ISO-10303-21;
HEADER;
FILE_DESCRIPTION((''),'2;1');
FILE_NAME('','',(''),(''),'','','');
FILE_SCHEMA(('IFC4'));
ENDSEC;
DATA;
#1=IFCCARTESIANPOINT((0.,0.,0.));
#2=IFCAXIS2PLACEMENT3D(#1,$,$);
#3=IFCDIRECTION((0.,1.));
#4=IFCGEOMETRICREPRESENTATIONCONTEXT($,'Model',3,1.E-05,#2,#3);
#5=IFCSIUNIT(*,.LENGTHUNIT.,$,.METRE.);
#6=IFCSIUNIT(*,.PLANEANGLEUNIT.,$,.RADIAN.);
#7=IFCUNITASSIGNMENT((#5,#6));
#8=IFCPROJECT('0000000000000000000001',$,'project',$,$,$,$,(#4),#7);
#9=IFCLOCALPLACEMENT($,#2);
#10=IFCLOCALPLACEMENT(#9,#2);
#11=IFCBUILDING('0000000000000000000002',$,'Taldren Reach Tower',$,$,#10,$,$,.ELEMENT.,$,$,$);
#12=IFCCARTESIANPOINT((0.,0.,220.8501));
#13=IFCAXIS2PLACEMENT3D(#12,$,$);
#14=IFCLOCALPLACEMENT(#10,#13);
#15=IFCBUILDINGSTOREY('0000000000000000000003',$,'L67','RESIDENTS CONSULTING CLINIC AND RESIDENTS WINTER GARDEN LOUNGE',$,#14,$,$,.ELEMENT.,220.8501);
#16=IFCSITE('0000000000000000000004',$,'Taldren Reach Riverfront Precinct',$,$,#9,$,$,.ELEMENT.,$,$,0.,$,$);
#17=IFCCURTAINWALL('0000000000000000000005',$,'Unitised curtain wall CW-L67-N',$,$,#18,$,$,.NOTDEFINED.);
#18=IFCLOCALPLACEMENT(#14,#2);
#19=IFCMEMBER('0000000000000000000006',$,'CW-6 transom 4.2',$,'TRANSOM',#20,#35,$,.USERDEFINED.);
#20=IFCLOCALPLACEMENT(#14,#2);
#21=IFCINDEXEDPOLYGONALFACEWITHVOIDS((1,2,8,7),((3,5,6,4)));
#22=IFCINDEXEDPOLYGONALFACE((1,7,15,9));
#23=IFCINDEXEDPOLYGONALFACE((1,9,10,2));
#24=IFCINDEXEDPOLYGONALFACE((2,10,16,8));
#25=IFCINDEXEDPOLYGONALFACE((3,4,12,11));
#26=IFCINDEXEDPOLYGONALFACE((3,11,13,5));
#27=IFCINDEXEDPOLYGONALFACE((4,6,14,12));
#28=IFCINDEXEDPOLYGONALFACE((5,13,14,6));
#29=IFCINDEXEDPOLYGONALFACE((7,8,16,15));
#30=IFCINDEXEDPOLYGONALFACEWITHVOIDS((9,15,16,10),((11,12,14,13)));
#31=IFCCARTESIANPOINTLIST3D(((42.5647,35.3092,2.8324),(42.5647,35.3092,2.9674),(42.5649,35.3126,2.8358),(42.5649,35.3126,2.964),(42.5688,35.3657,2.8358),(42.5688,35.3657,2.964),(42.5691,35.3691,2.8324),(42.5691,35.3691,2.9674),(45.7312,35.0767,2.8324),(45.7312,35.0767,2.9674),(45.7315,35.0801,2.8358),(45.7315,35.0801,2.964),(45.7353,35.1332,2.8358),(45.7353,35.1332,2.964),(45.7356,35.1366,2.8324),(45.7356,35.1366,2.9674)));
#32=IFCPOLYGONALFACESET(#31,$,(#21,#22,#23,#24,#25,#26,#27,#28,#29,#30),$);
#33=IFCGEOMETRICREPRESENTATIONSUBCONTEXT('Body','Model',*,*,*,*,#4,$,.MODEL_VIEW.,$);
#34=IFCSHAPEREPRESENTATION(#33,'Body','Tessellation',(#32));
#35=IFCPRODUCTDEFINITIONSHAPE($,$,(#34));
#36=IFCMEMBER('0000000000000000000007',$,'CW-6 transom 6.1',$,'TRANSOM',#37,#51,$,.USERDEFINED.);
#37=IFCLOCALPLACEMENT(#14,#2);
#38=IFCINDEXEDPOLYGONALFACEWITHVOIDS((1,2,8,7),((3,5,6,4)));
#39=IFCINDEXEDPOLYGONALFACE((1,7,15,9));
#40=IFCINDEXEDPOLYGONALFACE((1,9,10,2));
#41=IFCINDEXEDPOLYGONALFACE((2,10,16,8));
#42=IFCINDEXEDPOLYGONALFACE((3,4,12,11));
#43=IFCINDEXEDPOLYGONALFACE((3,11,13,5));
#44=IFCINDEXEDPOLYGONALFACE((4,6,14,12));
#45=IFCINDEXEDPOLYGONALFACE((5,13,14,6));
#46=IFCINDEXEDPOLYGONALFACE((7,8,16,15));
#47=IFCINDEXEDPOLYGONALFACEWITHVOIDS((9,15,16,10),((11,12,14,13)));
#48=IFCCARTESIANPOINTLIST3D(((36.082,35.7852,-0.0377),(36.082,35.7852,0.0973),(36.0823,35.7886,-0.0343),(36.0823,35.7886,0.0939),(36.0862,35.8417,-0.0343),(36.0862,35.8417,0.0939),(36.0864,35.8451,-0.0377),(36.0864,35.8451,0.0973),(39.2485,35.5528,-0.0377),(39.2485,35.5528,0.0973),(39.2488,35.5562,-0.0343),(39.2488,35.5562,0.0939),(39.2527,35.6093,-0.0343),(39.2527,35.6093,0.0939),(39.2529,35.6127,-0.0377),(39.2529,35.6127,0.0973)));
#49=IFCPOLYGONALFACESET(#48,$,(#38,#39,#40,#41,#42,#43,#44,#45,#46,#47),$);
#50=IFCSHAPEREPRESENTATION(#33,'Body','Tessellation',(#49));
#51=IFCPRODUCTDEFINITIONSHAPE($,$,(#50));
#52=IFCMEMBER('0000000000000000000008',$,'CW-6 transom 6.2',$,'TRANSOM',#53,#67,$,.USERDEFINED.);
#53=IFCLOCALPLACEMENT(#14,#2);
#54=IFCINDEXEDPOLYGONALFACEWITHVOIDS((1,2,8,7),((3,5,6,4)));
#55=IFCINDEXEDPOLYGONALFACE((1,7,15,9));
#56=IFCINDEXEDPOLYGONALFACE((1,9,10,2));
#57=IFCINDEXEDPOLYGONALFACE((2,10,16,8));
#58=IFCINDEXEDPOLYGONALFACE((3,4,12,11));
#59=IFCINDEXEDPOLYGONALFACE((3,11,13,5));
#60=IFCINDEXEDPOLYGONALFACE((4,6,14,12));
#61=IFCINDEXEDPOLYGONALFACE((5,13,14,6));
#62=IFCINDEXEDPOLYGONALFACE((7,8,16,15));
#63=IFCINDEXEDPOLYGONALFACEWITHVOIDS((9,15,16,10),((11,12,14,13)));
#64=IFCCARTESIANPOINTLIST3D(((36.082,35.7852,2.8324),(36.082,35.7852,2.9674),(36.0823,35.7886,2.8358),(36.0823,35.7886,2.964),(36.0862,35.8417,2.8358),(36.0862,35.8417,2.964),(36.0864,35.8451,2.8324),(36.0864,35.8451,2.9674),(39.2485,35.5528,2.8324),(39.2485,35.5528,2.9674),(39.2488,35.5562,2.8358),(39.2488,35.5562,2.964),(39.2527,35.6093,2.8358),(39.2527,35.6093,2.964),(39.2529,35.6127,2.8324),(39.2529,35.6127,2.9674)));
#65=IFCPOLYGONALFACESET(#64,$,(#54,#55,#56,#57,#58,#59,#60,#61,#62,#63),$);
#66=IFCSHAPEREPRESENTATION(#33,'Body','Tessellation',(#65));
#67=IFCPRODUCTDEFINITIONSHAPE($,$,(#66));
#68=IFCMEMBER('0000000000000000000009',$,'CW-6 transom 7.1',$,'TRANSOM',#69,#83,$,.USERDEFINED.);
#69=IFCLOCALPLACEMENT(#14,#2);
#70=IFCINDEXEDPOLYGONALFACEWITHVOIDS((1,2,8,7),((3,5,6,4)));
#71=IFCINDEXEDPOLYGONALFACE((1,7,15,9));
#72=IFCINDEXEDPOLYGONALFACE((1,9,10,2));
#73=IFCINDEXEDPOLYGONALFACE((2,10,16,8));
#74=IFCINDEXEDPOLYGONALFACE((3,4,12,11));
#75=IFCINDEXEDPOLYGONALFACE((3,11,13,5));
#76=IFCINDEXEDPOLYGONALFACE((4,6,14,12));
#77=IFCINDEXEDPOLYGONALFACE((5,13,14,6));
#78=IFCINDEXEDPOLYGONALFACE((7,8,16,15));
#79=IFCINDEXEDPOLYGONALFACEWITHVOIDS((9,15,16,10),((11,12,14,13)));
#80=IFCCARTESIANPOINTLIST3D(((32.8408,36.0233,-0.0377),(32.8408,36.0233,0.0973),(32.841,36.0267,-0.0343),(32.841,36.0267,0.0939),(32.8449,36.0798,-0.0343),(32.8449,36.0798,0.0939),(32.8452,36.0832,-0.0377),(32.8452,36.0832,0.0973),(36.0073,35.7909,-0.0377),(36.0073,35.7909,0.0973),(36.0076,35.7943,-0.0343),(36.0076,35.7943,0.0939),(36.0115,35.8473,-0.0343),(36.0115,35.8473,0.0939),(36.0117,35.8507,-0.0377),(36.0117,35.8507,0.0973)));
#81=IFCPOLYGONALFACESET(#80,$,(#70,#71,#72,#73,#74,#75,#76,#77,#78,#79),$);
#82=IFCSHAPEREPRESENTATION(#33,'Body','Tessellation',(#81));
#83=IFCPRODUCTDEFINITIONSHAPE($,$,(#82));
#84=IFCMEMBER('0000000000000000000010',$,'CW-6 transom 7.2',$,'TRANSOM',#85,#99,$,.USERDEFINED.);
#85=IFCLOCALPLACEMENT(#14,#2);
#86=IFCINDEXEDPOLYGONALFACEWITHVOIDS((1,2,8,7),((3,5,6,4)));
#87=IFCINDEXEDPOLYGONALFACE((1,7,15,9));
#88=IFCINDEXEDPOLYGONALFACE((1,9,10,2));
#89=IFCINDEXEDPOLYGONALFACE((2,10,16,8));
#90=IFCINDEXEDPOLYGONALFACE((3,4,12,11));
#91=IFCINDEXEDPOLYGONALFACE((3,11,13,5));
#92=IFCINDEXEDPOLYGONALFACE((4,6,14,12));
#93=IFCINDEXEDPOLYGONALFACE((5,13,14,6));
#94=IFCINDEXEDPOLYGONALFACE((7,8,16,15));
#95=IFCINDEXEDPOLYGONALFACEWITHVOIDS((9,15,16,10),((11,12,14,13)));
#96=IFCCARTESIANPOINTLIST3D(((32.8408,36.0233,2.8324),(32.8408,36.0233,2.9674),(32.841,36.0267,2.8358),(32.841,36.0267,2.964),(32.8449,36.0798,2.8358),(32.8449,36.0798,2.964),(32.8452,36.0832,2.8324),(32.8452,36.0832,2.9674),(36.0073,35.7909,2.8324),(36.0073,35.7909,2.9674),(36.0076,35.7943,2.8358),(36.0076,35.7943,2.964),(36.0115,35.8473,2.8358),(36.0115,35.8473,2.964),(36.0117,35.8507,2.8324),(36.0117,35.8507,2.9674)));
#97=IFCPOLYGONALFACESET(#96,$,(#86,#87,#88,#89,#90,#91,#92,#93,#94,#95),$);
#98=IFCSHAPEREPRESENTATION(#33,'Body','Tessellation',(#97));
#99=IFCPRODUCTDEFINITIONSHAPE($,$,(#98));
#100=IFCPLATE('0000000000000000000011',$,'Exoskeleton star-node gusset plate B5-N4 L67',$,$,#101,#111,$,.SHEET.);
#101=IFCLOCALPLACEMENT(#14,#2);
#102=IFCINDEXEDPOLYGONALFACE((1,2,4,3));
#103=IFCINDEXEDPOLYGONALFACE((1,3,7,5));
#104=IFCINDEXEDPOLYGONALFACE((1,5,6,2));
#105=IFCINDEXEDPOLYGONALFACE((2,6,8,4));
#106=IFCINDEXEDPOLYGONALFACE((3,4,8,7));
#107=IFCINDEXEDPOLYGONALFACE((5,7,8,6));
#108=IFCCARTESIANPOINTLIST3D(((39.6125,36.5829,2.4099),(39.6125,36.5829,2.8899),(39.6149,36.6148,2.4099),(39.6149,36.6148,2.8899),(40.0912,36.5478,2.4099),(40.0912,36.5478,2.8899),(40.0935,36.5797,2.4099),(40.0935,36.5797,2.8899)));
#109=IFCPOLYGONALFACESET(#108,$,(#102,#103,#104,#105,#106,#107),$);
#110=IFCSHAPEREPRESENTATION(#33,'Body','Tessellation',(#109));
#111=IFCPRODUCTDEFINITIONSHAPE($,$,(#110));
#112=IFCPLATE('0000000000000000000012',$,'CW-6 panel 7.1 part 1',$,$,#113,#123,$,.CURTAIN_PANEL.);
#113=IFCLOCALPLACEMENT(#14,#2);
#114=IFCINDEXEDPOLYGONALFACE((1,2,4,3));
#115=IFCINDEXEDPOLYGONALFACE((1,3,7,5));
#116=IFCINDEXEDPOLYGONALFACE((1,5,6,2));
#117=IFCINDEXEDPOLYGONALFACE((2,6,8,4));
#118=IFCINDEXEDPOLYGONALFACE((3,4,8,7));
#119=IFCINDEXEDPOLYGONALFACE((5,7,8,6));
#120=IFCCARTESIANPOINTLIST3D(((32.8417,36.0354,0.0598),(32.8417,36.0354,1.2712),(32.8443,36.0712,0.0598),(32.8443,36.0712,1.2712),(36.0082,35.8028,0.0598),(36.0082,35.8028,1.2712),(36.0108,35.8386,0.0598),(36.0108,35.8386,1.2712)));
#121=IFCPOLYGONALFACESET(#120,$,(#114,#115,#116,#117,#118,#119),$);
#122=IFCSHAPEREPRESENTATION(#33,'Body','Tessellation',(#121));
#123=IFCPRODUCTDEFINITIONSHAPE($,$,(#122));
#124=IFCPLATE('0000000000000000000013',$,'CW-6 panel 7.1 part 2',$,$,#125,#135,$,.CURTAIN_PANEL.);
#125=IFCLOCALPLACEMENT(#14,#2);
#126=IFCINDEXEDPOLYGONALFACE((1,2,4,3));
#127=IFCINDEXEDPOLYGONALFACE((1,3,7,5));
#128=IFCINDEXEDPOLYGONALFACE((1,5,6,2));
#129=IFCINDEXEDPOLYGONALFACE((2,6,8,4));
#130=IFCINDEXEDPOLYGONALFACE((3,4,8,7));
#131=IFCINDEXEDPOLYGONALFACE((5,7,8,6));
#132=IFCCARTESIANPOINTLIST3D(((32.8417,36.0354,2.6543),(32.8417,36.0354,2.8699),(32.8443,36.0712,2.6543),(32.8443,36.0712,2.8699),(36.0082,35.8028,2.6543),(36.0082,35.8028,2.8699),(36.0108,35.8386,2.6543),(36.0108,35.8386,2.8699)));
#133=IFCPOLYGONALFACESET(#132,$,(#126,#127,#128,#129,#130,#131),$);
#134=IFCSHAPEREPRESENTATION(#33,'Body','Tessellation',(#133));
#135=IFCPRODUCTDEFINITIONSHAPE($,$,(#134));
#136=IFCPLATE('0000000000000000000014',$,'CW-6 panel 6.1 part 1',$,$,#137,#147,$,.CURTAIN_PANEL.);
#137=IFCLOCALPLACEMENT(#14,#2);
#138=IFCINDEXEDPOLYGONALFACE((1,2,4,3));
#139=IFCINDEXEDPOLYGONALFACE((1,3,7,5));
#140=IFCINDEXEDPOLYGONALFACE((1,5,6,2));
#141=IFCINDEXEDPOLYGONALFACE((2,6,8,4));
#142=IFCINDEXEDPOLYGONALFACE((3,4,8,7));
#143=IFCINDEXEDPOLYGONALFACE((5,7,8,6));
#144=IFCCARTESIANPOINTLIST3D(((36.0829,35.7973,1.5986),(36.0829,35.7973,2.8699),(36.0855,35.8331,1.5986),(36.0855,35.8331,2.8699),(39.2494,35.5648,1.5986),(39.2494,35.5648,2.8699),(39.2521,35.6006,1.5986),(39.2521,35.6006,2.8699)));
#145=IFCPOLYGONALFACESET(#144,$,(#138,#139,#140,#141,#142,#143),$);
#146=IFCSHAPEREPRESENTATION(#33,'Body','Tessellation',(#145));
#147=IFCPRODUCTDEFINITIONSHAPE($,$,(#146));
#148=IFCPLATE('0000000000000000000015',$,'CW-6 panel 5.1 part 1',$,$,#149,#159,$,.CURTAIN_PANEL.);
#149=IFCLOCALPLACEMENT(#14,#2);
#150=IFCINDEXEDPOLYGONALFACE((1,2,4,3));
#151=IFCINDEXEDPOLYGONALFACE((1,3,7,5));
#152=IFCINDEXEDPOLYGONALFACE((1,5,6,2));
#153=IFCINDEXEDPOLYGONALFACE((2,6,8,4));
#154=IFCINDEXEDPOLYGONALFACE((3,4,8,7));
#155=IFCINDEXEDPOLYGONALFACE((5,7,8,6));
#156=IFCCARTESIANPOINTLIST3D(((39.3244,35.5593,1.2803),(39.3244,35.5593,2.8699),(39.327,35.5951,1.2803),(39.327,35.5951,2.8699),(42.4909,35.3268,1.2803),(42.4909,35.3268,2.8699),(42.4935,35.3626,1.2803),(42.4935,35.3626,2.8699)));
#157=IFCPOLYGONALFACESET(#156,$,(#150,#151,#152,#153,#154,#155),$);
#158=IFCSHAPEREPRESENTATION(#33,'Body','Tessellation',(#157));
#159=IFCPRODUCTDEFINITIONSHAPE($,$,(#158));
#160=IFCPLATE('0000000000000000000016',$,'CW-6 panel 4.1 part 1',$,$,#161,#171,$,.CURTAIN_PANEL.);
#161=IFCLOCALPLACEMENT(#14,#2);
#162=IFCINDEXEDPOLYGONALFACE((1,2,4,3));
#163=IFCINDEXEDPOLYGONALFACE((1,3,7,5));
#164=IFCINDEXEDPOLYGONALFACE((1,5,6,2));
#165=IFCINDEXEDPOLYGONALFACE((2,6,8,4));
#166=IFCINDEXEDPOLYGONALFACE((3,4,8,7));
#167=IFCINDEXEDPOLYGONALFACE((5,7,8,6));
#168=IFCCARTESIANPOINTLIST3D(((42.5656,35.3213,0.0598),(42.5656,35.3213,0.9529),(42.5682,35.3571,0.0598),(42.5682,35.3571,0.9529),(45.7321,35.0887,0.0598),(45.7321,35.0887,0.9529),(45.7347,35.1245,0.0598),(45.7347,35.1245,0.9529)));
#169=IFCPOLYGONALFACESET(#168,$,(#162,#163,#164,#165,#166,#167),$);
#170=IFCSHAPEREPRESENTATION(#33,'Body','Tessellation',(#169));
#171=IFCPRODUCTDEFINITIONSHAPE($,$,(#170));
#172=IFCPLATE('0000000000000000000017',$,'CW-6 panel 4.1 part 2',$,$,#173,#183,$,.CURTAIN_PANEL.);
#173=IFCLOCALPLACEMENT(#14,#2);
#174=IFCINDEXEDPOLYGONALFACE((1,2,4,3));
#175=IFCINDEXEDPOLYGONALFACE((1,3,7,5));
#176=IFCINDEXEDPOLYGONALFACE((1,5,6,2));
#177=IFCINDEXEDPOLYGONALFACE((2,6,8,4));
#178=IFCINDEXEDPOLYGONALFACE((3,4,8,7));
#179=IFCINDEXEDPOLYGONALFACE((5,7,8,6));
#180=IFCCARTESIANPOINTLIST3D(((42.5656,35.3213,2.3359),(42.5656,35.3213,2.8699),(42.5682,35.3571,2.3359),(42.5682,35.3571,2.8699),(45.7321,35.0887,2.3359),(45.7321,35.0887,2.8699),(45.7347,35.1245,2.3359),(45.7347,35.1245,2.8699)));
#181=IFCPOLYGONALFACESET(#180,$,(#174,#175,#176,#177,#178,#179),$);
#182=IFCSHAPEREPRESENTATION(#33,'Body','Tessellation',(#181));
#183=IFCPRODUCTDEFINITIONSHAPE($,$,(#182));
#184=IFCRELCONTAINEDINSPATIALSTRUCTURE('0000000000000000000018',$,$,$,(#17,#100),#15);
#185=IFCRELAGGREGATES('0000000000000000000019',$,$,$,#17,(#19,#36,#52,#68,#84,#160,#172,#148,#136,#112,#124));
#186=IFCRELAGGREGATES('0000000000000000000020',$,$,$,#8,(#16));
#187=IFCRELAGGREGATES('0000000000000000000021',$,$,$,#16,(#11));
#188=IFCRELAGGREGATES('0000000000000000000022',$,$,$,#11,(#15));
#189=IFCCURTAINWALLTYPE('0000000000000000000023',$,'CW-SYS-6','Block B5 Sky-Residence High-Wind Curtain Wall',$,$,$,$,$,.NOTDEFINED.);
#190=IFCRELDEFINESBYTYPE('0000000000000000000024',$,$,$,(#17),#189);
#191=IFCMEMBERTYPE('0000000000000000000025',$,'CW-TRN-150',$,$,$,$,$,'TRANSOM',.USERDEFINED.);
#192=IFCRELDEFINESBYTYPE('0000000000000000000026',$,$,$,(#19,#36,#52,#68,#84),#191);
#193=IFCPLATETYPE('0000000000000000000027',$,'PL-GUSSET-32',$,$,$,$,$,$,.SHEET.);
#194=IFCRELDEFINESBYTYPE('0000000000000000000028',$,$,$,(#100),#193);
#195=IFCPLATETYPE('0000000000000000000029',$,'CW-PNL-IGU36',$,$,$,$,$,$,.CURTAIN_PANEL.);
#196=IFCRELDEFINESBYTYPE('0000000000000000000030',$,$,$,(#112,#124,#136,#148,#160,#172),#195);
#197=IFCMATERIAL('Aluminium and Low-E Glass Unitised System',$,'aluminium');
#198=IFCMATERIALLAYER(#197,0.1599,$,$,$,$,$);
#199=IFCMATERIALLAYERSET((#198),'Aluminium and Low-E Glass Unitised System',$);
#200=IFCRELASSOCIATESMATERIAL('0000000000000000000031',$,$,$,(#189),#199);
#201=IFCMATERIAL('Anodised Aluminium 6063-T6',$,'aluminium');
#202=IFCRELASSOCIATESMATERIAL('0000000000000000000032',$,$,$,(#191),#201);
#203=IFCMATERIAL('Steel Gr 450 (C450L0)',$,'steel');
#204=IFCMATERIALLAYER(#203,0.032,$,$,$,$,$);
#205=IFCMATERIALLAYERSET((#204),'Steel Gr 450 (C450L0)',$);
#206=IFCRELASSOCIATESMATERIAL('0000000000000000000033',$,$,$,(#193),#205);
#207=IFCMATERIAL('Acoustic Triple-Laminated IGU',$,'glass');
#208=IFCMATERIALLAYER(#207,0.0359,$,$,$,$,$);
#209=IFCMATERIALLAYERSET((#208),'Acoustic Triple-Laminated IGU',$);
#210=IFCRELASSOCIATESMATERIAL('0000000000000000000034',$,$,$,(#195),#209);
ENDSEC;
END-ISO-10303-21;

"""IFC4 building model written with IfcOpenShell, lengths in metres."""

from ifc_helpers import new_model, si_unit, direction, frame, origin, origin_2d, place, context, subcontext, project, spatial, rectangle, hollow_rectangle, extrude, source, transform, mapped, material, layer, layer_set, material_profile, profile_set, type_object, element, aggregate, save


model = new_model("IFC4")

# Units and contexts
model_context = context("Model", 3, precision=1e-05, world=origin(), true_north=direction((0.0, 1.0)))
body_context = subcontext(model_context, "Body", "Model", "MODEL_VIEW")
ifc_project = project(units=[si_unit("LENGTHUNIT", "METRE"), si_unit("PLANEANGLEUNIT", "RADIAN")], contexts=[model_context])

# Site, building, storey
site_placement = place(None, origin())
site = spatial("IfcSite", under=ifc_project, at=site_placement, Name="Taldren Reach Riverfront Precinct", CompositionType="ELEMENT", RefElevation=0.0)
building_placement = place(site_placement, origin())
building = spatial("IfcBuilding", under=site, at=building_placement, Name="Taldren Reach Tower", CompositionType="ELEMENT")
storey_placement = place(building_placement, frame((0.0, 0.0, 220.8501)))
storey = spatial("IfcBuildingStorey", under=building, at=storey_placement, Name="L67", Description="RESIDENTS CONSULTING CLINIC AND RESIDENTS WINTER GARDEN LOUNGE", CompositionType="ELEMENT", Elevation=220.8501)

# Shared definitions
ifc_material_1 = material(Name="Steel Gr 450 (C450L0)", Category="steel")

# Curtain wall, members
ifc_material_2 = material(Name="Aluminium and Low-E Glass Unitised System", Category="aluminium")
ifc_layer_1 = layer(ifc_material_2, 0.1599)
ifc_layer_set_1 = layer_set([ifc_layer_1], Name="Aluminium and Low-E Glass Unitised System")
curtain_wall_type = type_object("IfcCurtainWallType", Name="CW-SYS-6", Description="Block B5 Sky-Residence High-Wind Curtain Wall", PredefinedType="NOTDEFINED", material=ifc_layer_set_1)
curtain_wall_placement = place(storey_placement, origin())
curtain_wall = element("IfcCurtainWall", 1, at=curtain_wall_placement, inside=storey, type_object=curtain_wall_type, Name="Unitised curtain wall CW-L67-N", PredefinedType="NOTDEFINED")
ifc_material_3 = material(Name="Anodised Aluminium 6063-T6", Category="aluminium")
ifc_material_profile_1 = material_profile(ifc_material_3, hollow_rectangle(XDim=0.0601, YDim=0.135, WallThickness=0.0034, at=origin_2d()), Name="ALU-135x60x3.5RHS")
ifc_profile_set_1 = profile_set([ifc_material_profile_1], Name="Anodised Aluminium 6063-T6")
member_type_1 = type_object("IfcMemberType", Name="CW-TRN-150", ElementType="TRANSOM", PredefinedType="USERDEFINED", material=ifc_profile_set_1)
shared_shape_1 = source(origin(), body_context, "Body", "SweptSolid", [
    extrude(hollow_rectangle(XDim=0.0601, YDim=0.135, WallThickness=0.0034, at=origin_2d()), origin(), (0.0, 0.0, 1.0), 3.175),
])
member_1_placement = place(storey_placement, frame((45.7334, 35.1067, 2.8999), z_axis=(-0.997317, 0.073203, 0.0), x_axis=(-0.073203, -0.997317, 0.0)))
member_1 = element("IfcMember", 2, at=member_1_placement, type_object=member_type_1, Name="CW-6 transom 4.2", ObjectType="TRANSOM", PredefinedType="USERDEFINED", context=body_context, shape_type="MappedRepresentation", body=[
    mapped(shared_shape_1, transform((0.0, 0.0, 0.0), scale=1.0)),
])
member_2_placement = place(storey_placement, frame((39.2507, 35.5828, 0.0298), z_axis=(-0.997317, 0.073203, 0.0), x_axis=(-0.073203, -0.997317, 0.0)))
member_2 = element("IfcMember", 3, at=member_2_placement, type_object=member_type_1, Name="CW-6 transom 6.1", ObjectType="TRANSOM", PredefinedType="USERDEFINED", context=body_context, shape_type="MappedRepresentation", body=[
    mapped(shared_shape_1, transform((0.0, 0.0, 0.0), scale=1.0)),
])
member_3_placement = place(storey_placement, frame((39.2507, 35.5828, 2.8999), z_axis=(-0.997317, 0.073203, 0.0), x_axis=(-0.073203, -0.997317, 0.0)))
member_3 = element("IfcMember", 4, at=member_3_placement, type_object=member_type_1, Name="CW-6 transom 6.2", ObjectType="TRANSOM", PredefinedType="USERDEFINED", context=body_context, shape_type="MappedRepresentation", body=[
    mapped(shared_shape_1, transform((0.0, 0.0, 0.0), scale=1.0)),
])
member_4_placement = place(storey_placement, frame((36.0095, 35.8208, 0.0298), z_axis=(-0.997317, 0.073203, 0.0), x_axis=(-0.073203, -0.997317, 0.0)))
member_4 = element("IfcMember", 5, at=member_4_placement, type_object=member_type_1, Name="CW-6 transom 7.1", ObjectType="TRANSOM", PredefinedType="USERDEFINED", context=body_context, shape_type="MappedRepresentation", body=[
    mapped(shared_shape_1, transform((0.0, 0.0, 0.0), scale=1.0)),
])
member_5_placement = place(storey_placement, frame((36.0095, 35.8208, 2.8999), z_axis=(-0.997317, 0.073203, 0.0), x_axis=(-0.073203, -0.997317, 0.0)))
member_5 = element("IfcMember", 6, at=member_5_placement, type_object=member_type_1, Name="CW-6 transom 7.2", ObjectType="TRANSOM", PredefinedType="USERDEFINED", context=body_context, shape_type="MappedRepresentation", body=[
    mapped(shared_shape_1, transform((0.0, 0.0, 0.0), scale=1.0)),
])

# Plates
ifc_layer_2 = layer(ifc_material_1, 0.032)
ifc_layer_set_2 = layer_set([ifc_layer_2], Name="Steel Gr 450 (C450L0)")
plate_type_1 = type_object("IfcPlateType", Name="PL-GUSSET-32", PredefinedType="SHEET", material=ifc_layer_set_2)
shared_shape_2 = source(origin(), body_context, "Body", "SweptSolid", [
    extrude(rectangle(XDim=0.48, YDim=0.032, at=origin_2d()), origin(), (0.0, 0.0, 1.0), 0.48),
])
plate_1_placement = place(storey_placement, frame((39.853, 36.5813, 2.4099), z_axis=(0.0, 0.0, 1.0), x_axis=(0.997314, -0.073238, 0.0)))
element("IfcPlate", 7, at=plate_1_placement, inside=storey, type_object=plate_type_1, Name="Exoskeleton star-node gusset plate B5-N4 L67", PredefinedType="SHEET", context=body_context, shape_type="MappedRepresentation", body=[
    mapped(shared_shape_2, transform((0.0, 0.0, 0.0), scale=1.0)),
])
ifc_material_4 = material(Name="Acoustic Triple-Laminated IGU", Category="glass")
ifc_layer_3 = layer(ifc_material_4, 0.0359)
ifc_layer_set_3 = layer_set([ifc_layer_3], Name="Acoustic Triple-Laminated IGU")
plate_type_2 = type_object("IfcPlateType", Name="CW-PNL-IGU36", PredefinedType="CURTAIN_PANEL", material=ifc_layer_set_3)
shared_shape_3 = source(origin(), body_context, "Body", "SweptSolid", [
    extrude(rectangle(XDim=3.175, YDim=0.0359, at=origin_2d()), origin(), (0.0, 0.0, 1.0), 1.2114),
])
plate_2_placement = place(storey_placement, frame((34.4263, 35.937, 0.0598), z_axis=(0.0, 0.0, 1.0), x_axis=(-0.997314, 0.073238, 0.0)))
plate_2 = element("IfcPlate", 8, at=plate_2_placement, type_object=plate_type_2, Name="CW-6 panel 7.1 part 1", PredefinedType="CURTAIN_PANEL", context=body_context, shape_type="MappedRepresentation", body=[
    mapped(shared_shape_3, transform((0.0, 0.0, 0.0), scale=1.0)),
])
shared_shape_4 = source(origin(), body_context, "Body", "SweptSolid", [
    extrude(rectangle(XDim=3.175, YDim=0.0359, at=origin_2d()), origin(), (0.0, 0.0, 1.0), 0.2156),
])
plate_3_placement = place(storey_placement, frame((34.4263, 35.937, 2.6543), z_axis=(0.0, 0.0, 1.0), x_axis=(-0.997314, 0.073238, 0.0)))
plate_3 = element("IfcPlate", 9, at=plate_3_placement, type_object=plate_type_2, Name="CW-6 panel 7.1 part 2", PredefinedType="CURTAIN_PANEL", context=body_context, shape_type="MappedRepresentation", body=[
    mapped(shared_shape_4, transform((0.0, 0.0, 0.0), scale=1.0)),
])
shared_shape_5 = source(origin(), body_context, "Body", "SweptSolid", [
    extrude(rectangle(XDim=3.175, YDim=0.0359, at=origin_2d()), origin(), (0.0, 0.0, 1.0), 1.2712),
])
plate_4_placement = place(storey_placement, frame((37.6675, 35.699, 1.5986), z_axis=(0.0, 0.0, 1.0), x_axis=(-0.997314, 0.073238, 0.0)))
plate_4 = element("IfcPlate", 10, at=plate_4_placement, type_object=plate_type_2, Name="CW-6 panel 6.1 part 1", PredefinedType="CURTAIN_PANEL", context=body_context, shape_type="MappedRepresentation", body=[
    mapped(shared_shape_5, transform((0.0, 0.0, 0.0), scale=1.0)),
])
shared_shape_6 = source(origin(), body_context, "Body", "SweptSolid", [
    extrude(rectangle(XDim=3.175, YDim=0.0359, at=origin_2d()), origin(), (0.0, 0.0, 1.0), 1.5896),
])
plate_5_placement = place(storey_placement, frame((40.9089, 35.4609, 1.2803), z_axis=(0.0, 0.0, 1.0), x_axis=(-0.997314, 0.073238, 0.0)))
plate_5 = element("IfcPlate", 11, at=plate_5_placement, type_object=plate_type_2, Name="CW-6 panel 5.1 part 1", PredefinedType="CURTAIN_PANEL", context=body_context, shape_type="MappedRepresentation", body=[
    mapped(shared_shape_6, transform((0.0, 0.0, 0.0), scale=1.0)),
])
shared_shape_7 = source(origin(), body_context, "Body", "SweptSolid", [
    extrude(rectangle(XDim=3.175, YDim=0.0359, at=origin_2d()), origin(), (0.0, 0.0, 1.0), 0.8931),
])
plate_6_placement = place(storey_placement, frame((44.1501, 35.2229, 0.0598), z_axis=(0.0, 0.0, 1.0), x_axis=(-0.997314, 0.073238, 0.0)))
plate_6 = element("IfcPlate", 12, at=plate_6_placement, type_object=plate_type_2, Name="CW-6 panel 4.1 part 1", PredefinedType="CURTAIN_PANEL", context=body_context, shape_type="MappedRepresentation", body=[
    mapped(shared_shape_7, transform((0.0, 0.0, 0.0), scale=1.0)),
])
shared_shape_8 = source(origin(), body_context, "Body", "SweptSolid", [
    extrude(rectangle(XDim=3.175, YDim=0.0359, at=origin_2d()), origin(), (0.0, 0.0, 1.0), 0.5339),
])
plate_7_placement = place(storey_placement, frame((44.1501, 35.2229, 2.3359), z_axis=(0.0, 0.0, 1.0), x_axis=(-0.997314, 0.073238, 0.0)))
plate_7 = element("IfcPlate", 13, at=plate_7_placement, type_object=plate_type_2, Name="CW-6 panel 4.1 part 2", PredefinedType="CURTAIN_PANEL", context=body_context, shape_type="MappedRepresentation", body=[
    mapped(shared_shape_8, transform((0.0, 0.0, 0.0), scale=1.0)),
])
aggregate(curtain_wall, [member_1, member_2, member_3, member_4, member_5, plate_6, plate_7, plate_5, plate_4, plate_2, plate_3])

save(model, "model.ifc")
